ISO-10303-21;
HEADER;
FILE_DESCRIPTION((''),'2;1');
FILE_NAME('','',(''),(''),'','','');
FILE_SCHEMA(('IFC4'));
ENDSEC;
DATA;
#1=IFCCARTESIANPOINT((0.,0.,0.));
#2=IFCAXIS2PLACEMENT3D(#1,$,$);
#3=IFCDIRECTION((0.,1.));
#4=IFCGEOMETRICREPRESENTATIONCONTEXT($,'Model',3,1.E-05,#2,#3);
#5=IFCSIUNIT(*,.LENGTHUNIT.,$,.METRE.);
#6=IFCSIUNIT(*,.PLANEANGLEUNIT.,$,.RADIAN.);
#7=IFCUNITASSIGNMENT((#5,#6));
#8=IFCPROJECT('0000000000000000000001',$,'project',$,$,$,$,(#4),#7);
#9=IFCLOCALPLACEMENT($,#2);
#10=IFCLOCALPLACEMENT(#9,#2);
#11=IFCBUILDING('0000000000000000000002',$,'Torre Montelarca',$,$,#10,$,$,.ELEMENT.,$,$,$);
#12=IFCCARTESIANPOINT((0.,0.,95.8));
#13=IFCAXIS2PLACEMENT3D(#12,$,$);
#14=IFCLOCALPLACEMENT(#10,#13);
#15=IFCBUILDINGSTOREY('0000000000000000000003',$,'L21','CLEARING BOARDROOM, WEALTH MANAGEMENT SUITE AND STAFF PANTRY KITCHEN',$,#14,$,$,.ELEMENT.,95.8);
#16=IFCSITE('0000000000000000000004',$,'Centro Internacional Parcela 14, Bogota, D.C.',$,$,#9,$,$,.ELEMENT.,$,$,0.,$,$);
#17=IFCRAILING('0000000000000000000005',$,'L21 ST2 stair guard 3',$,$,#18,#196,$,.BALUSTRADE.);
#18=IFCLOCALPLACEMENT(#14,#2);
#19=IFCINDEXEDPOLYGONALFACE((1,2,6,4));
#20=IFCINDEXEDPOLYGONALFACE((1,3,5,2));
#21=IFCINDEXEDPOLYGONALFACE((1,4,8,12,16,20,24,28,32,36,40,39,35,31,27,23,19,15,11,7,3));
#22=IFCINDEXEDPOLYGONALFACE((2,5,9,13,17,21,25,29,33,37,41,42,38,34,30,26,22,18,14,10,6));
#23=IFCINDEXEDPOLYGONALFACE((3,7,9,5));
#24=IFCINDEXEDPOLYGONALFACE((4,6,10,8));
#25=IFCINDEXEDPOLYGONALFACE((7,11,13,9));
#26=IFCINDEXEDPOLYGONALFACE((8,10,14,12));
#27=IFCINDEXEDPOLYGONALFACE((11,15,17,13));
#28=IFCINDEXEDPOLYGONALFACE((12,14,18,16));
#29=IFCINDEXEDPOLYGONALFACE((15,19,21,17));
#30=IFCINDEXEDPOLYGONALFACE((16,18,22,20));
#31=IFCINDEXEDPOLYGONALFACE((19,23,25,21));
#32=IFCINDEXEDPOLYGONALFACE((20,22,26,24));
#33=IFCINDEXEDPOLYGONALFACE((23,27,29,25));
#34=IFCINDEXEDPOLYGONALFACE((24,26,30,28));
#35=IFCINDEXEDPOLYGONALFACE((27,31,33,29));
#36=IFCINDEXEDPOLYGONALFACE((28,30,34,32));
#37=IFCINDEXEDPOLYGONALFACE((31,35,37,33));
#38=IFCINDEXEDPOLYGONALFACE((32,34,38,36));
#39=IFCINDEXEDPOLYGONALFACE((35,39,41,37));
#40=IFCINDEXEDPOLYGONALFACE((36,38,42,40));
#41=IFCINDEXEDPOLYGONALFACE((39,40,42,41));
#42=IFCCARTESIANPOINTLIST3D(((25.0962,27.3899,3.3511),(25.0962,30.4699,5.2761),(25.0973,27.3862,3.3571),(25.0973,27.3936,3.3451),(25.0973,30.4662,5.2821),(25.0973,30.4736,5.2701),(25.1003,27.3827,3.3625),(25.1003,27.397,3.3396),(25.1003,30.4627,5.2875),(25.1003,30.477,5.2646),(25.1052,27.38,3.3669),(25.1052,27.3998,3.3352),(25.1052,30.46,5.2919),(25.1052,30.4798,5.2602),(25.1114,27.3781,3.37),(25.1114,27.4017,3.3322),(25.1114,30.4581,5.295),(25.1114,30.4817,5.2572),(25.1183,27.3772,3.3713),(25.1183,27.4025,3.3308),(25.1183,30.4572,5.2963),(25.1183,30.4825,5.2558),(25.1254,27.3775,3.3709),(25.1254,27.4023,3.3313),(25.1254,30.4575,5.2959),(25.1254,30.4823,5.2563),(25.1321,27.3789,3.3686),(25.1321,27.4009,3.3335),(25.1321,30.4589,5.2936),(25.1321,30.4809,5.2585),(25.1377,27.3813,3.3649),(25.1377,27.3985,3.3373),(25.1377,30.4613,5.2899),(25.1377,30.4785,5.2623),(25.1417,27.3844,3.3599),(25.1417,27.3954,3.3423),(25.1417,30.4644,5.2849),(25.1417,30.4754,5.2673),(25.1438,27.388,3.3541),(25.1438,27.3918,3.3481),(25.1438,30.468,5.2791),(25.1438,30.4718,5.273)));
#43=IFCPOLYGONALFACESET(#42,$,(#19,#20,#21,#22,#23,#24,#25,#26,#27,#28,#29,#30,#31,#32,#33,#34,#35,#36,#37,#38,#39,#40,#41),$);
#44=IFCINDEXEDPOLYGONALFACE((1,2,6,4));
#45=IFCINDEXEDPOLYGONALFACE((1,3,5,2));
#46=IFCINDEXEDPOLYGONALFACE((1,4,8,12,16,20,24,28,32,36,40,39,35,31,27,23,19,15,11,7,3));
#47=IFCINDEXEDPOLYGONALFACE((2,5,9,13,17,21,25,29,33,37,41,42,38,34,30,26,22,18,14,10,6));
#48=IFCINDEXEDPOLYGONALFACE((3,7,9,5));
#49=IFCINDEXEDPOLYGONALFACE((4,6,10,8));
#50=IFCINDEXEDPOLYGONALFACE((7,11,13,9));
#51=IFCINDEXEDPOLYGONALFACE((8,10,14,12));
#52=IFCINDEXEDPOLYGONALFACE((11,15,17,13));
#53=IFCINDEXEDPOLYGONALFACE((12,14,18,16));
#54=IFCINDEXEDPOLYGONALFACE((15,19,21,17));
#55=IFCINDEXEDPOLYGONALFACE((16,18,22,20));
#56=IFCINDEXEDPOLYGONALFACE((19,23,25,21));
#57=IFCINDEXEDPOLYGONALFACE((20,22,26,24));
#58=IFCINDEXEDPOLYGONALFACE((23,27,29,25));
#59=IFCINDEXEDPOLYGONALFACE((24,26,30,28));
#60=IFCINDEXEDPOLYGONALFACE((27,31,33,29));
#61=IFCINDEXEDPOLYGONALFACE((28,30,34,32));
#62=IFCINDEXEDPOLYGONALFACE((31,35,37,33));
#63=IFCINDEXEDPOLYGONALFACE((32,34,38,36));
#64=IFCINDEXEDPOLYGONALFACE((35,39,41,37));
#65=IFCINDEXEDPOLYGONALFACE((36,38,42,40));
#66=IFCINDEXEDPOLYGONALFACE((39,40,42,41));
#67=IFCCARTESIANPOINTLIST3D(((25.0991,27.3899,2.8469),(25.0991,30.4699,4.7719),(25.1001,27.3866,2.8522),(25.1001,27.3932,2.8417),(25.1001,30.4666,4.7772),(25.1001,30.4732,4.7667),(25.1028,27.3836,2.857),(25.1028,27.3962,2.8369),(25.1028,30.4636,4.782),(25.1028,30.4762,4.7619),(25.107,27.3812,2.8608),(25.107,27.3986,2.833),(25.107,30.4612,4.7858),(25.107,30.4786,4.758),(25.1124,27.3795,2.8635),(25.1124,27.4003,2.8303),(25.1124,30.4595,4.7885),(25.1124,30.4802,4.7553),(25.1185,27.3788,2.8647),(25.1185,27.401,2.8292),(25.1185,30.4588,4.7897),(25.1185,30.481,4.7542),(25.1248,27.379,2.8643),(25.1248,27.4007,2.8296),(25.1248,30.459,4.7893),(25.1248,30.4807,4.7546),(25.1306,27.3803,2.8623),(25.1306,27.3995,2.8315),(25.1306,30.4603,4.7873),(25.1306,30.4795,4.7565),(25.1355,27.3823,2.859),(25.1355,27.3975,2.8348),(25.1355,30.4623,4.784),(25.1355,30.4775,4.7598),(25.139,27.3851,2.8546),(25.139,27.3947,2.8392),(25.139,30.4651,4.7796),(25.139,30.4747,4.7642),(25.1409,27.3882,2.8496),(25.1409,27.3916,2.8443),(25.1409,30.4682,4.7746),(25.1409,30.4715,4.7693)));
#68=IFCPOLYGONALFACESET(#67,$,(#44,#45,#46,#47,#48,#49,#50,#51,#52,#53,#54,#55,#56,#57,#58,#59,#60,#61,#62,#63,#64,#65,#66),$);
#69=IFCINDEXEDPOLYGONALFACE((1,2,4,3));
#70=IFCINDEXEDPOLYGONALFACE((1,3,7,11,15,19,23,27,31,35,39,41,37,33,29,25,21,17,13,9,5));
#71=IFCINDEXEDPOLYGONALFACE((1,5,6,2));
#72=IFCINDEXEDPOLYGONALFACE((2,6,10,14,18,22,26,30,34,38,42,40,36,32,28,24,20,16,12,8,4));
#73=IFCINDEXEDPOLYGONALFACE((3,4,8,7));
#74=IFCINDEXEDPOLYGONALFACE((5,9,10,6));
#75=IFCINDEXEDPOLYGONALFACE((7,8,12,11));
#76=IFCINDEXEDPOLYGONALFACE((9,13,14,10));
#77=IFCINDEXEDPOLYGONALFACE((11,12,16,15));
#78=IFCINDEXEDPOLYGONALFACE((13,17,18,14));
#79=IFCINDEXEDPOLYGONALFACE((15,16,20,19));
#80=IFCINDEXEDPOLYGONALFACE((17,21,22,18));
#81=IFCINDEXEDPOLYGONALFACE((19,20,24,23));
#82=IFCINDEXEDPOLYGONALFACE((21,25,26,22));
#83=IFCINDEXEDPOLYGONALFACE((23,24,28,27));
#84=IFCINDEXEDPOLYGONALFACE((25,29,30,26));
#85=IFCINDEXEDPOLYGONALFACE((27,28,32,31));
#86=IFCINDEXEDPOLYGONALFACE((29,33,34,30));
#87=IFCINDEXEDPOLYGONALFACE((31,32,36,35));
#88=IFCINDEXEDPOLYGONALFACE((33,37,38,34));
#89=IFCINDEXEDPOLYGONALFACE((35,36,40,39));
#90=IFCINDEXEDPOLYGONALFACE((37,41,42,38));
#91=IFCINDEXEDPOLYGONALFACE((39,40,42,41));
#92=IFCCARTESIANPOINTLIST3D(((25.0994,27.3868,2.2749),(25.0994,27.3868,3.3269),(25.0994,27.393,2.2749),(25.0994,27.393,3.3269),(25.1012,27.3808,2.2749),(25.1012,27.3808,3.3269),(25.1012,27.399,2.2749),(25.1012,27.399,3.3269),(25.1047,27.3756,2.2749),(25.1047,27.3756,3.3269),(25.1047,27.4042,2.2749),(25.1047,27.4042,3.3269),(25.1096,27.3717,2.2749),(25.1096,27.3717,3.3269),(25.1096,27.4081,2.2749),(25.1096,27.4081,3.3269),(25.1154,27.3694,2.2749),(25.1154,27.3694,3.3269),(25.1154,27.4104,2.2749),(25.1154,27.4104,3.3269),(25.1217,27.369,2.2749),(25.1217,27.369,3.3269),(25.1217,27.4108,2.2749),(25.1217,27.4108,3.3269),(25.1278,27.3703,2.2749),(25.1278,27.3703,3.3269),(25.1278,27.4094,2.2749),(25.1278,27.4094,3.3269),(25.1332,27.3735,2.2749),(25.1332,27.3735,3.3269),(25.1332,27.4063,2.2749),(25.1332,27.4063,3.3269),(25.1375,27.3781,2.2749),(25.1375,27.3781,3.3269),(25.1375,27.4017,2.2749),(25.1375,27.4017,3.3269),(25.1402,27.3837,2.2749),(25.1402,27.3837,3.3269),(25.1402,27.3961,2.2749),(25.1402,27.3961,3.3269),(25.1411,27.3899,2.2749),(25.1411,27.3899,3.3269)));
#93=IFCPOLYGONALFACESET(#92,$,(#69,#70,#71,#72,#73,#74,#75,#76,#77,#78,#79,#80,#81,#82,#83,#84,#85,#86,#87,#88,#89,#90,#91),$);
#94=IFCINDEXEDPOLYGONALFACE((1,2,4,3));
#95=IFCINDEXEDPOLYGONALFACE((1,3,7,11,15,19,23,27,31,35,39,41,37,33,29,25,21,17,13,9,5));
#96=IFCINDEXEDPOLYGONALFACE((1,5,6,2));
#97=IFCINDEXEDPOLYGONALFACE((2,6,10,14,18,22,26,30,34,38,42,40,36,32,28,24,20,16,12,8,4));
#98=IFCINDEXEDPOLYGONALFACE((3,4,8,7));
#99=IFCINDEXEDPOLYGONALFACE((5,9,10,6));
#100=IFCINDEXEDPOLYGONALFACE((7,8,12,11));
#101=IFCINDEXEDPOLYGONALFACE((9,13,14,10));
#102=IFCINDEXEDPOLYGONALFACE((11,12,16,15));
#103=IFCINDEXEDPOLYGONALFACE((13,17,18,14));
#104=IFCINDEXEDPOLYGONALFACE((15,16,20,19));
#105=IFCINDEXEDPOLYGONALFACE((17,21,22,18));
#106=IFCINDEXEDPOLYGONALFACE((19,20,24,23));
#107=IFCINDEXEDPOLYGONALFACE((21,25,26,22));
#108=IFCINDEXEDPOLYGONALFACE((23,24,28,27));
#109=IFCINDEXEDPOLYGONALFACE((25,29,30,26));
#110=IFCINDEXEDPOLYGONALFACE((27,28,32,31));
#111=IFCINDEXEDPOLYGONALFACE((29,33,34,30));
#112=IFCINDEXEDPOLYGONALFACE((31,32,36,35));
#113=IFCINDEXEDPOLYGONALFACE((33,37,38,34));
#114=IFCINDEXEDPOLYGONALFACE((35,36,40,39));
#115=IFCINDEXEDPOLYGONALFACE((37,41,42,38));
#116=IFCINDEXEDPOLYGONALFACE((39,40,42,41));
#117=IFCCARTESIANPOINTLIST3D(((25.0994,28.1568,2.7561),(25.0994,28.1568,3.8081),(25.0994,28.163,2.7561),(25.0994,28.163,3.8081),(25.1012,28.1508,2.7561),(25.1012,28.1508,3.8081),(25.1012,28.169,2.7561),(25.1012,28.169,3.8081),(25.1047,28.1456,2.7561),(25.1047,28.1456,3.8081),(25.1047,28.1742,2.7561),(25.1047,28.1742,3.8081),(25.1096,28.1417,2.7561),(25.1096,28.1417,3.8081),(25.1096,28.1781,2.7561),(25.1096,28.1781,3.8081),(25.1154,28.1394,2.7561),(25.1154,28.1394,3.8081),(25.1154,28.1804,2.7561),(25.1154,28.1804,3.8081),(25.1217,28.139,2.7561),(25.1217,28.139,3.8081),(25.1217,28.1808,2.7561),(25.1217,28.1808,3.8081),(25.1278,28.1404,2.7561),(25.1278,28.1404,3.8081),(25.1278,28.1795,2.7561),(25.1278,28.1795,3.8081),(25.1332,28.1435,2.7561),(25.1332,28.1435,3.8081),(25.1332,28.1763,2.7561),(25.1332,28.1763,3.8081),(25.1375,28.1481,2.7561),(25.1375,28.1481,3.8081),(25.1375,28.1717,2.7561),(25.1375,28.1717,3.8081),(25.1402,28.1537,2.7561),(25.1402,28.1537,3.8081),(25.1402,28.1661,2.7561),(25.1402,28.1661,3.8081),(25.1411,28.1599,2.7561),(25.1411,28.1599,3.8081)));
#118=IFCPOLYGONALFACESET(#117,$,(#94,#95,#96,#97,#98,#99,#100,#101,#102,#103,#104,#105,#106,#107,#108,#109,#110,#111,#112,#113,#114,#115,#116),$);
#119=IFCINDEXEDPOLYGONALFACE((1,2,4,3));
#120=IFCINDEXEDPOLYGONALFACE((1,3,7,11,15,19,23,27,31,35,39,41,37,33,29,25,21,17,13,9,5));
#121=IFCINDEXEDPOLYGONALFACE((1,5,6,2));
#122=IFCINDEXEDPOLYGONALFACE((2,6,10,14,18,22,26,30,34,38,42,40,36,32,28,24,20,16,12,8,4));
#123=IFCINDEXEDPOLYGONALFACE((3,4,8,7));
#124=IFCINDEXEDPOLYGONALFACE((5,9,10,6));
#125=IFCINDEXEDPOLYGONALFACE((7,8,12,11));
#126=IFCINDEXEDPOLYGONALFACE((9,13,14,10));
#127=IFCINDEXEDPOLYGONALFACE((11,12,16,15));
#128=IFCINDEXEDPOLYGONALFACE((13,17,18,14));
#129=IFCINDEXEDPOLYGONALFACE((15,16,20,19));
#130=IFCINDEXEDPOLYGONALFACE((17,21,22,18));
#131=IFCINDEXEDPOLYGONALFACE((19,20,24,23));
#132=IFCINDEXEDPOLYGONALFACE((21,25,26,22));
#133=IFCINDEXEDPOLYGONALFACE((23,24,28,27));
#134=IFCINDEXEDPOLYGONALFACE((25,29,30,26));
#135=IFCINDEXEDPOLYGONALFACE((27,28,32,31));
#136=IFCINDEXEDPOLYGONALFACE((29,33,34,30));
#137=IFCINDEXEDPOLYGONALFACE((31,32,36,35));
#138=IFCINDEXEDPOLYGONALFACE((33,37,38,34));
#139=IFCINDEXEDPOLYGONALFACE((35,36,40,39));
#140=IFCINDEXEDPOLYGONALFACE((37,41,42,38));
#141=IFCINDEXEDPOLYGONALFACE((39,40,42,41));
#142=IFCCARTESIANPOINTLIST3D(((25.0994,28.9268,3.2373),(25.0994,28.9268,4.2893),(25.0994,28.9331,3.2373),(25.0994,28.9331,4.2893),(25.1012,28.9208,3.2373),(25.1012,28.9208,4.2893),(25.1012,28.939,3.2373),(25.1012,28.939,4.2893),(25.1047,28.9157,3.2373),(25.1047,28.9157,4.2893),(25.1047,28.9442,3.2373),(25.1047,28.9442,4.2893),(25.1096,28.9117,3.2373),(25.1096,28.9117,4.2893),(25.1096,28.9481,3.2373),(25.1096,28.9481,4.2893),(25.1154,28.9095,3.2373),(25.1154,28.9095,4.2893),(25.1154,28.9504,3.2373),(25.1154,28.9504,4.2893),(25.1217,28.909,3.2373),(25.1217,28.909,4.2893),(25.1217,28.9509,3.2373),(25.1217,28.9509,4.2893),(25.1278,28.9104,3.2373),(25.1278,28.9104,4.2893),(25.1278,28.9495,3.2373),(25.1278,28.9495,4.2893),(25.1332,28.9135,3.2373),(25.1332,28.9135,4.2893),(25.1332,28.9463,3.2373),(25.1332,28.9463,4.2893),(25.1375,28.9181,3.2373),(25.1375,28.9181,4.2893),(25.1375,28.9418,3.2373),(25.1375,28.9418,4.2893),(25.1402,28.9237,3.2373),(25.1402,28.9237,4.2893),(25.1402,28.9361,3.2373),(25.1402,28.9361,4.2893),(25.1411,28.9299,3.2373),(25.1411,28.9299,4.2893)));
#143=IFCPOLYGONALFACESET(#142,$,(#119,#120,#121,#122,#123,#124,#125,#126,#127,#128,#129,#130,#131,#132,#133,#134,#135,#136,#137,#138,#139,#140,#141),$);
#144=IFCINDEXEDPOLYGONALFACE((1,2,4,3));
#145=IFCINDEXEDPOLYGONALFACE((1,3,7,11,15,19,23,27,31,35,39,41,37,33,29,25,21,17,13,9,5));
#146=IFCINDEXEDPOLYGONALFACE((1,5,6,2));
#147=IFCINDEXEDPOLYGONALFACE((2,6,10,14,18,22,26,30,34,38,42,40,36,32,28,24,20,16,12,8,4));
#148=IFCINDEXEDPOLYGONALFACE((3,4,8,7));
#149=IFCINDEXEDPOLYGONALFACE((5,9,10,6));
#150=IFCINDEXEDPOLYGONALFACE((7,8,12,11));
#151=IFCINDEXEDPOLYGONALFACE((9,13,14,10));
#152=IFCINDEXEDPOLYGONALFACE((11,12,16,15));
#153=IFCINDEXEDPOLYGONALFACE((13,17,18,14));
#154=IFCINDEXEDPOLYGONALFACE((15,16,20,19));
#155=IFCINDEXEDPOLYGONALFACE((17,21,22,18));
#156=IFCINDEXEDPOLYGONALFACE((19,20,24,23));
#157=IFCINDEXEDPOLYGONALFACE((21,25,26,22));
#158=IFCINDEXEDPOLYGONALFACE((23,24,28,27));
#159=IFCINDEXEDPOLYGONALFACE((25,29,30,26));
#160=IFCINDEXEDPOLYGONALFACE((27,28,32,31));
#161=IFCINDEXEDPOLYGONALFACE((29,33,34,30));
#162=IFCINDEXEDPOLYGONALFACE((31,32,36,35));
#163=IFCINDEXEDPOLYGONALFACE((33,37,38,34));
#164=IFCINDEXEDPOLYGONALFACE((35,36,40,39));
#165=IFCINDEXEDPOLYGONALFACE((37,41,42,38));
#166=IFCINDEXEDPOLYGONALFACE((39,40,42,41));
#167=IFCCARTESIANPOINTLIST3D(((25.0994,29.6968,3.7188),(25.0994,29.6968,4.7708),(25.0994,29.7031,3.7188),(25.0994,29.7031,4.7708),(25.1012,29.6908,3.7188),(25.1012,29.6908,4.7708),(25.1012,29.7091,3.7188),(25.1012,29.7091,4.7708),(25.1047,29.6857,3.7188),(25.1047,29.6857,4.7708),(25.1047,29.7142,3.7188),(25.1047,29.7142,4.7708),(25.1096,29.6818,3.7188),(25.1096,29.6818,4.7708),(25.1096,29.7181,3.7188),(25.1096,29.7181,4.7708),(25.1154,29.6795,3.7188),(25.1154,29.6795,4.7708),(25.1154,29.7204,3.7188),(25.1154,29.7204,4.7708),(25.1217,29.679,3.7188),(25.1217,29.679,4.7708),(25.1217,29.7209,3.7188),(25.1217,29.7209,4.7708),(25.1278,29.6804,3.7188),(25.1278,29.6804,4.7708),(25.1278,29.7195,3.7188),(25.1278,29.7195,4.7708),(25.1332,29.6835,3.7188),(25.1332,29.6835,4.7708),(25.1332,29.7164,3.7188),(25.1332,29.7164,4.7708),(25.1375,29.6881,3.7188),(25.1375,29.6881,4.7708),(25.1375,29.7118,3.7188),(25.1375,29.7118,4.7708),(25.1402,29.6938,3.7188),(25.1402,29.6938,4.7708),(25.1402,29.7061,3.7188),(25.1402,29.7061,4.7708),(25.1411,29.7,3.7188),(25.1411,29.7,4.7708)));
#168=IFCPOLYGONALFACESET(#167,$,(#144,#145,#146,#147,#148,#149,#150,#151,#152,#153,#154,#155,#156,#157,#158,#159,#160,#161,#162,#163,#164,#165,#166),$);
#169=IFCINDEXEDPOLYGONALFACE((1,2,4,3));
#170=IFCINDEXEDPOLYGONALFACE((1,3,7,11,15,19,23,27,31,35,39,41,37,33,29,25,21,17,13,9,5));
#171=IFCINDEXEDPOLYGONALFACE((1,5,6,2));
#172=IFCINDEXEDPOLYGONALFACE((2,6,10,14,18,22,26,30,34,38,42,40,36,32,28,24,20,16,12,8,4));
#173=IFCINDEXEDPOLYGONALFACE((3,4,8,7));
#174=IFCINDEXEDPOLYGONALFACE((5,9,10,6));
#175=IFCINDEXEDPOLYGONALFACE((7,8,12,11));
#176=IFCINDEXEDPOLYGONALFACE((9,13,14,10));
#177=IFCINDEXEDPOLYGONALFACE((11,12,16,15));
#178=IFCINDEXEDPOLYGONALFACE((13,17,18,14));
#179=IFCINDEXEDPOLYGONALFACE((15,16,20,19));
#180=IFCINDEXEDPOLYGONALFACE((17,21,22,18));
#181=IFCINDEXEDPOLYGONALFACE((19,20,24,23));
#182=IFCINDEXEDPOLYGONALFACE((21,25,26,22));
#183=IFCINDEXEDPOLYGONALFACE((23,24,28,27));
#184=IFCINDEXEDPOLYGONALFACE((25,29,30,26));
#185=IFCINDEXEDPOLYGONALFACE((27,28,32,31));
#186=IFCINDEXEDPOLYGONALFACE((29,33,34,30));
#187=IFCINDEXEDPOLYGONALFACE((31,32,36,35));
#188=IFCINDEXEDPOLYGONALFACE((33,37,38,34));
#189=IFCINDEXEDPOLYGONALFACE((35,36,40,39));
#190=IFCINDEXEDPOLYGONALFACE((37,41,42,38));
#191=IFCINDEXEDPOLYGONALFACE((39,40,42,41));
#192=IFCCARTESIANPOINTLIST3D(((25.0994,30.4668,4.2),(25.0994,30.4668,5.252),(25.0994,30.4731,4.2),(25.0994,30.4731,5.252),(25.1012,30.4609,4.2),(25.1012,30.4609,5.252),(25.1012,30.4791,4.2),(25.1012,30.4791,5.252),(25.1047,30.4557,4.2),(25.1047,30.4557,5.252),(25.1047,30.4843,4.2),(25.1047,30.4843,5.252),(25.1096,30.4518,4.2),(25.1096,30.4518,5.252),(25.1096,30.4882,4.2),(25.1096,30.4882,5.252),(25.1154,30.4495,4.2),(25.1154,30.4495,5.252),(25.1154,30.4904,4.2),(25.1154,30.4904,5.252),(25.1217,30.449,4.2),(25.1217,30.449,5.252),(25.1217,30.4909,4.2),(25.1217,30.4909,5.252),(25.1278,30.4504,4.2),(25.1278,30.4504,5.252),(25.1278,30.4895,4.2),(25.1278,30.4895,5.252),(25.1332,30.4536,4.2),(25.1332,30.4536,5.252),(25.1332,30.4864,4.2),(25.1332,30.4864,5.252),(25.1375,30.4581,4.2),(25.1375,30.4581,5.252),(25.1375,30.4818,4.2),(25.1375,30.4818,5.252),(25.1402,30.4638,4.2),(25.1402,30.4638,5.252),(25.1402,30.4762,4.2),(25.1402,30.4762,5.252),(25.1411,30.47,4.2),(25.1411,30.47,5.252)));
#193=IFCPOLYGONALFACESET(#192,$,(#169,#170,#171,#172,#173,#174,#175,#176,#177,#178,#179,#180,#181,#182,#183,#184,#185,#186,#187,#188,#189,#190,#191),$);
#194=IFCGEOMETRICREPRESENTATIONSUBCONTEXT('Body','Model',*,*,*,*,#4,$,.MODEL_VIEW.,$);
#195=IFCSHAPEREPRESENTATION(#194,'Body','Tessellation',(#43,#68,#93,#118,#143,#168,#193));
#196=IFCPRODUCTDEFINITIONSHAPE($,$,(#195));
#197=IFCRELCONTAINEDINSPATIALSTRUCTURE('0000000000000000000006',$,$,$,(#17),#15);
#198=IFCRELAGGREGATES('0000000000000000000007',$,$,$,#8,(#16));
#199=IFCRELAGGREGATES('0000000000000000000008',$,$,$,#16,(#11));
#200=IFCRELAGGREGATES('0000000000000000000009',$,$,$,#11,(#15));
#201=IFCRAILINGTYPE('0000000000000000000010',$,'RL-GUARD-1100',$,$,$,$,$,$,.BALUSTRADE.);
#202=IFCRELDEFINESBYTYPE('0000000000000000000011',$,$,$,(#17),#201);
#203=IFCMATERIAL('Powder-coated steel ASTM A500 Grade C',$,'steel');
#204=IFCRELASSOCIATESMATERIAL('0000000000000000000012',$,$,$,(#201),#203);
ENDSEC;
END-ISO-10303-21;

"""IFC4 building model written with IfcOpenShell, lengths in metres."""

from ifc_helpers import new_model, si_unit, direction, frame, origin, origin_2d, place, context, subcontext, project, spatial, circle, extrude, material, type_object, element, save


model = new_model("IFC4")

# Units and contexts
model_context = context("Model", 3, precision=1e-05, world=origin(), true_north=direction((0.0, 1.0)))
body_context = subcontext(model_context, "Body", "Model", "MODEL_VIEW")
ifc_project = project(units=[si_unit("LENGTHUNIT", "METRE"), si_unit("PLANEANGLEUNIT", "RADIAN")], contexts=[model_context])

# Site, building, storey
site_placement = place(None, origin())
site = spatial("IfcSite", under=ifc_project, at=site_placement, Name="Centro Internacional Parcela 14, Bogota, D.C.", CompositionType="ELEMENT", RefElevation=0.0)
building_placement = place(site_placement, origin())
building = spatial("IfcBuilding", under=site, at=building_placement, Name="Torre Montelarca", CompositionType="ELEMENT")
storey_placement = place(building_placement, frame((0.0, 0.0, 95.8)))
storey = spatial("IfcBuildingStorey", under=building, at=storey_placement, Name="L21", Description="CLEARING BOARDROOM, WEALTH MANAGEMENT SUITE AND STAFF PANTRY KITCHEN", CompositionType="ELEMENT", Elevation=95.8)

# Railing
ifc_material_1 = material(Name="Powder-coated steel ASTM A500 Grade C", Category="steel")
railing_type_1 = type_object("IfcRailingType", Name="RL-GUARD-1100", PredefinedType="BALUSTRADE", material=ifc_material_1)
railing_1_placement = place(storey_placement, frame((25.1201, 27.3899, 2.2749)))
element("IfcRailing", 1, at=railing_1_placement, inside=storey, type_object=railing_type_1, Name="L21 ST2 stair guard 3", PredefinedType="BALUSTRADE", context=body_context, shape_type="SweptSolid", body=[
    extrude(circle(Radius=0.0239, at=origin_2d()), frame((0.0, 0.0, 1.0762), z_axis=(0.0, 0.847998, 0.529999), x_axis=(-1.0, 0.0, 0.0)), (0.0, 0.0, 1.0), 3.6321),
    extrude(circle(Radius=0.021, at=origin_2d()), frame((0.0, 0.0, 0.572), z_axis=(0.0, 0.847998, 0.529999), x_axis=(-1.0, 0.0, 0.0)), (0.0, 0.0, 1.0), 3.6321),
    extrude(circle(Radius=0.021, at=origin_2d()), origin(), (0.0, 0.0, 1.0), 1.052),
    extrude(circle(Radius=0.021, at=origin_2d()), frame((0.0, 0.77, 0.4812)), (0.0, 0.0, 1.0), 1.052),
    extrude(circle(Radius=0.021, at=origin_2d()), frame((0.0, 1.54, 0.9624)), (0.0, 0.0, 1.0), 1.052),
    extrude(circle(Radius=0.021, at=origin_2d()), frame((0.0, 2.3101, 1.4438)), (0.0, 0.0, 1.0), 1.052),
    extrude(circle(Radius=0.021, at=origin_2d()), frame((0.0, 3.0801, 1.925)), (0.0, 0.0, 1.0), 1.052),
])

save(model, "model.ifc")
